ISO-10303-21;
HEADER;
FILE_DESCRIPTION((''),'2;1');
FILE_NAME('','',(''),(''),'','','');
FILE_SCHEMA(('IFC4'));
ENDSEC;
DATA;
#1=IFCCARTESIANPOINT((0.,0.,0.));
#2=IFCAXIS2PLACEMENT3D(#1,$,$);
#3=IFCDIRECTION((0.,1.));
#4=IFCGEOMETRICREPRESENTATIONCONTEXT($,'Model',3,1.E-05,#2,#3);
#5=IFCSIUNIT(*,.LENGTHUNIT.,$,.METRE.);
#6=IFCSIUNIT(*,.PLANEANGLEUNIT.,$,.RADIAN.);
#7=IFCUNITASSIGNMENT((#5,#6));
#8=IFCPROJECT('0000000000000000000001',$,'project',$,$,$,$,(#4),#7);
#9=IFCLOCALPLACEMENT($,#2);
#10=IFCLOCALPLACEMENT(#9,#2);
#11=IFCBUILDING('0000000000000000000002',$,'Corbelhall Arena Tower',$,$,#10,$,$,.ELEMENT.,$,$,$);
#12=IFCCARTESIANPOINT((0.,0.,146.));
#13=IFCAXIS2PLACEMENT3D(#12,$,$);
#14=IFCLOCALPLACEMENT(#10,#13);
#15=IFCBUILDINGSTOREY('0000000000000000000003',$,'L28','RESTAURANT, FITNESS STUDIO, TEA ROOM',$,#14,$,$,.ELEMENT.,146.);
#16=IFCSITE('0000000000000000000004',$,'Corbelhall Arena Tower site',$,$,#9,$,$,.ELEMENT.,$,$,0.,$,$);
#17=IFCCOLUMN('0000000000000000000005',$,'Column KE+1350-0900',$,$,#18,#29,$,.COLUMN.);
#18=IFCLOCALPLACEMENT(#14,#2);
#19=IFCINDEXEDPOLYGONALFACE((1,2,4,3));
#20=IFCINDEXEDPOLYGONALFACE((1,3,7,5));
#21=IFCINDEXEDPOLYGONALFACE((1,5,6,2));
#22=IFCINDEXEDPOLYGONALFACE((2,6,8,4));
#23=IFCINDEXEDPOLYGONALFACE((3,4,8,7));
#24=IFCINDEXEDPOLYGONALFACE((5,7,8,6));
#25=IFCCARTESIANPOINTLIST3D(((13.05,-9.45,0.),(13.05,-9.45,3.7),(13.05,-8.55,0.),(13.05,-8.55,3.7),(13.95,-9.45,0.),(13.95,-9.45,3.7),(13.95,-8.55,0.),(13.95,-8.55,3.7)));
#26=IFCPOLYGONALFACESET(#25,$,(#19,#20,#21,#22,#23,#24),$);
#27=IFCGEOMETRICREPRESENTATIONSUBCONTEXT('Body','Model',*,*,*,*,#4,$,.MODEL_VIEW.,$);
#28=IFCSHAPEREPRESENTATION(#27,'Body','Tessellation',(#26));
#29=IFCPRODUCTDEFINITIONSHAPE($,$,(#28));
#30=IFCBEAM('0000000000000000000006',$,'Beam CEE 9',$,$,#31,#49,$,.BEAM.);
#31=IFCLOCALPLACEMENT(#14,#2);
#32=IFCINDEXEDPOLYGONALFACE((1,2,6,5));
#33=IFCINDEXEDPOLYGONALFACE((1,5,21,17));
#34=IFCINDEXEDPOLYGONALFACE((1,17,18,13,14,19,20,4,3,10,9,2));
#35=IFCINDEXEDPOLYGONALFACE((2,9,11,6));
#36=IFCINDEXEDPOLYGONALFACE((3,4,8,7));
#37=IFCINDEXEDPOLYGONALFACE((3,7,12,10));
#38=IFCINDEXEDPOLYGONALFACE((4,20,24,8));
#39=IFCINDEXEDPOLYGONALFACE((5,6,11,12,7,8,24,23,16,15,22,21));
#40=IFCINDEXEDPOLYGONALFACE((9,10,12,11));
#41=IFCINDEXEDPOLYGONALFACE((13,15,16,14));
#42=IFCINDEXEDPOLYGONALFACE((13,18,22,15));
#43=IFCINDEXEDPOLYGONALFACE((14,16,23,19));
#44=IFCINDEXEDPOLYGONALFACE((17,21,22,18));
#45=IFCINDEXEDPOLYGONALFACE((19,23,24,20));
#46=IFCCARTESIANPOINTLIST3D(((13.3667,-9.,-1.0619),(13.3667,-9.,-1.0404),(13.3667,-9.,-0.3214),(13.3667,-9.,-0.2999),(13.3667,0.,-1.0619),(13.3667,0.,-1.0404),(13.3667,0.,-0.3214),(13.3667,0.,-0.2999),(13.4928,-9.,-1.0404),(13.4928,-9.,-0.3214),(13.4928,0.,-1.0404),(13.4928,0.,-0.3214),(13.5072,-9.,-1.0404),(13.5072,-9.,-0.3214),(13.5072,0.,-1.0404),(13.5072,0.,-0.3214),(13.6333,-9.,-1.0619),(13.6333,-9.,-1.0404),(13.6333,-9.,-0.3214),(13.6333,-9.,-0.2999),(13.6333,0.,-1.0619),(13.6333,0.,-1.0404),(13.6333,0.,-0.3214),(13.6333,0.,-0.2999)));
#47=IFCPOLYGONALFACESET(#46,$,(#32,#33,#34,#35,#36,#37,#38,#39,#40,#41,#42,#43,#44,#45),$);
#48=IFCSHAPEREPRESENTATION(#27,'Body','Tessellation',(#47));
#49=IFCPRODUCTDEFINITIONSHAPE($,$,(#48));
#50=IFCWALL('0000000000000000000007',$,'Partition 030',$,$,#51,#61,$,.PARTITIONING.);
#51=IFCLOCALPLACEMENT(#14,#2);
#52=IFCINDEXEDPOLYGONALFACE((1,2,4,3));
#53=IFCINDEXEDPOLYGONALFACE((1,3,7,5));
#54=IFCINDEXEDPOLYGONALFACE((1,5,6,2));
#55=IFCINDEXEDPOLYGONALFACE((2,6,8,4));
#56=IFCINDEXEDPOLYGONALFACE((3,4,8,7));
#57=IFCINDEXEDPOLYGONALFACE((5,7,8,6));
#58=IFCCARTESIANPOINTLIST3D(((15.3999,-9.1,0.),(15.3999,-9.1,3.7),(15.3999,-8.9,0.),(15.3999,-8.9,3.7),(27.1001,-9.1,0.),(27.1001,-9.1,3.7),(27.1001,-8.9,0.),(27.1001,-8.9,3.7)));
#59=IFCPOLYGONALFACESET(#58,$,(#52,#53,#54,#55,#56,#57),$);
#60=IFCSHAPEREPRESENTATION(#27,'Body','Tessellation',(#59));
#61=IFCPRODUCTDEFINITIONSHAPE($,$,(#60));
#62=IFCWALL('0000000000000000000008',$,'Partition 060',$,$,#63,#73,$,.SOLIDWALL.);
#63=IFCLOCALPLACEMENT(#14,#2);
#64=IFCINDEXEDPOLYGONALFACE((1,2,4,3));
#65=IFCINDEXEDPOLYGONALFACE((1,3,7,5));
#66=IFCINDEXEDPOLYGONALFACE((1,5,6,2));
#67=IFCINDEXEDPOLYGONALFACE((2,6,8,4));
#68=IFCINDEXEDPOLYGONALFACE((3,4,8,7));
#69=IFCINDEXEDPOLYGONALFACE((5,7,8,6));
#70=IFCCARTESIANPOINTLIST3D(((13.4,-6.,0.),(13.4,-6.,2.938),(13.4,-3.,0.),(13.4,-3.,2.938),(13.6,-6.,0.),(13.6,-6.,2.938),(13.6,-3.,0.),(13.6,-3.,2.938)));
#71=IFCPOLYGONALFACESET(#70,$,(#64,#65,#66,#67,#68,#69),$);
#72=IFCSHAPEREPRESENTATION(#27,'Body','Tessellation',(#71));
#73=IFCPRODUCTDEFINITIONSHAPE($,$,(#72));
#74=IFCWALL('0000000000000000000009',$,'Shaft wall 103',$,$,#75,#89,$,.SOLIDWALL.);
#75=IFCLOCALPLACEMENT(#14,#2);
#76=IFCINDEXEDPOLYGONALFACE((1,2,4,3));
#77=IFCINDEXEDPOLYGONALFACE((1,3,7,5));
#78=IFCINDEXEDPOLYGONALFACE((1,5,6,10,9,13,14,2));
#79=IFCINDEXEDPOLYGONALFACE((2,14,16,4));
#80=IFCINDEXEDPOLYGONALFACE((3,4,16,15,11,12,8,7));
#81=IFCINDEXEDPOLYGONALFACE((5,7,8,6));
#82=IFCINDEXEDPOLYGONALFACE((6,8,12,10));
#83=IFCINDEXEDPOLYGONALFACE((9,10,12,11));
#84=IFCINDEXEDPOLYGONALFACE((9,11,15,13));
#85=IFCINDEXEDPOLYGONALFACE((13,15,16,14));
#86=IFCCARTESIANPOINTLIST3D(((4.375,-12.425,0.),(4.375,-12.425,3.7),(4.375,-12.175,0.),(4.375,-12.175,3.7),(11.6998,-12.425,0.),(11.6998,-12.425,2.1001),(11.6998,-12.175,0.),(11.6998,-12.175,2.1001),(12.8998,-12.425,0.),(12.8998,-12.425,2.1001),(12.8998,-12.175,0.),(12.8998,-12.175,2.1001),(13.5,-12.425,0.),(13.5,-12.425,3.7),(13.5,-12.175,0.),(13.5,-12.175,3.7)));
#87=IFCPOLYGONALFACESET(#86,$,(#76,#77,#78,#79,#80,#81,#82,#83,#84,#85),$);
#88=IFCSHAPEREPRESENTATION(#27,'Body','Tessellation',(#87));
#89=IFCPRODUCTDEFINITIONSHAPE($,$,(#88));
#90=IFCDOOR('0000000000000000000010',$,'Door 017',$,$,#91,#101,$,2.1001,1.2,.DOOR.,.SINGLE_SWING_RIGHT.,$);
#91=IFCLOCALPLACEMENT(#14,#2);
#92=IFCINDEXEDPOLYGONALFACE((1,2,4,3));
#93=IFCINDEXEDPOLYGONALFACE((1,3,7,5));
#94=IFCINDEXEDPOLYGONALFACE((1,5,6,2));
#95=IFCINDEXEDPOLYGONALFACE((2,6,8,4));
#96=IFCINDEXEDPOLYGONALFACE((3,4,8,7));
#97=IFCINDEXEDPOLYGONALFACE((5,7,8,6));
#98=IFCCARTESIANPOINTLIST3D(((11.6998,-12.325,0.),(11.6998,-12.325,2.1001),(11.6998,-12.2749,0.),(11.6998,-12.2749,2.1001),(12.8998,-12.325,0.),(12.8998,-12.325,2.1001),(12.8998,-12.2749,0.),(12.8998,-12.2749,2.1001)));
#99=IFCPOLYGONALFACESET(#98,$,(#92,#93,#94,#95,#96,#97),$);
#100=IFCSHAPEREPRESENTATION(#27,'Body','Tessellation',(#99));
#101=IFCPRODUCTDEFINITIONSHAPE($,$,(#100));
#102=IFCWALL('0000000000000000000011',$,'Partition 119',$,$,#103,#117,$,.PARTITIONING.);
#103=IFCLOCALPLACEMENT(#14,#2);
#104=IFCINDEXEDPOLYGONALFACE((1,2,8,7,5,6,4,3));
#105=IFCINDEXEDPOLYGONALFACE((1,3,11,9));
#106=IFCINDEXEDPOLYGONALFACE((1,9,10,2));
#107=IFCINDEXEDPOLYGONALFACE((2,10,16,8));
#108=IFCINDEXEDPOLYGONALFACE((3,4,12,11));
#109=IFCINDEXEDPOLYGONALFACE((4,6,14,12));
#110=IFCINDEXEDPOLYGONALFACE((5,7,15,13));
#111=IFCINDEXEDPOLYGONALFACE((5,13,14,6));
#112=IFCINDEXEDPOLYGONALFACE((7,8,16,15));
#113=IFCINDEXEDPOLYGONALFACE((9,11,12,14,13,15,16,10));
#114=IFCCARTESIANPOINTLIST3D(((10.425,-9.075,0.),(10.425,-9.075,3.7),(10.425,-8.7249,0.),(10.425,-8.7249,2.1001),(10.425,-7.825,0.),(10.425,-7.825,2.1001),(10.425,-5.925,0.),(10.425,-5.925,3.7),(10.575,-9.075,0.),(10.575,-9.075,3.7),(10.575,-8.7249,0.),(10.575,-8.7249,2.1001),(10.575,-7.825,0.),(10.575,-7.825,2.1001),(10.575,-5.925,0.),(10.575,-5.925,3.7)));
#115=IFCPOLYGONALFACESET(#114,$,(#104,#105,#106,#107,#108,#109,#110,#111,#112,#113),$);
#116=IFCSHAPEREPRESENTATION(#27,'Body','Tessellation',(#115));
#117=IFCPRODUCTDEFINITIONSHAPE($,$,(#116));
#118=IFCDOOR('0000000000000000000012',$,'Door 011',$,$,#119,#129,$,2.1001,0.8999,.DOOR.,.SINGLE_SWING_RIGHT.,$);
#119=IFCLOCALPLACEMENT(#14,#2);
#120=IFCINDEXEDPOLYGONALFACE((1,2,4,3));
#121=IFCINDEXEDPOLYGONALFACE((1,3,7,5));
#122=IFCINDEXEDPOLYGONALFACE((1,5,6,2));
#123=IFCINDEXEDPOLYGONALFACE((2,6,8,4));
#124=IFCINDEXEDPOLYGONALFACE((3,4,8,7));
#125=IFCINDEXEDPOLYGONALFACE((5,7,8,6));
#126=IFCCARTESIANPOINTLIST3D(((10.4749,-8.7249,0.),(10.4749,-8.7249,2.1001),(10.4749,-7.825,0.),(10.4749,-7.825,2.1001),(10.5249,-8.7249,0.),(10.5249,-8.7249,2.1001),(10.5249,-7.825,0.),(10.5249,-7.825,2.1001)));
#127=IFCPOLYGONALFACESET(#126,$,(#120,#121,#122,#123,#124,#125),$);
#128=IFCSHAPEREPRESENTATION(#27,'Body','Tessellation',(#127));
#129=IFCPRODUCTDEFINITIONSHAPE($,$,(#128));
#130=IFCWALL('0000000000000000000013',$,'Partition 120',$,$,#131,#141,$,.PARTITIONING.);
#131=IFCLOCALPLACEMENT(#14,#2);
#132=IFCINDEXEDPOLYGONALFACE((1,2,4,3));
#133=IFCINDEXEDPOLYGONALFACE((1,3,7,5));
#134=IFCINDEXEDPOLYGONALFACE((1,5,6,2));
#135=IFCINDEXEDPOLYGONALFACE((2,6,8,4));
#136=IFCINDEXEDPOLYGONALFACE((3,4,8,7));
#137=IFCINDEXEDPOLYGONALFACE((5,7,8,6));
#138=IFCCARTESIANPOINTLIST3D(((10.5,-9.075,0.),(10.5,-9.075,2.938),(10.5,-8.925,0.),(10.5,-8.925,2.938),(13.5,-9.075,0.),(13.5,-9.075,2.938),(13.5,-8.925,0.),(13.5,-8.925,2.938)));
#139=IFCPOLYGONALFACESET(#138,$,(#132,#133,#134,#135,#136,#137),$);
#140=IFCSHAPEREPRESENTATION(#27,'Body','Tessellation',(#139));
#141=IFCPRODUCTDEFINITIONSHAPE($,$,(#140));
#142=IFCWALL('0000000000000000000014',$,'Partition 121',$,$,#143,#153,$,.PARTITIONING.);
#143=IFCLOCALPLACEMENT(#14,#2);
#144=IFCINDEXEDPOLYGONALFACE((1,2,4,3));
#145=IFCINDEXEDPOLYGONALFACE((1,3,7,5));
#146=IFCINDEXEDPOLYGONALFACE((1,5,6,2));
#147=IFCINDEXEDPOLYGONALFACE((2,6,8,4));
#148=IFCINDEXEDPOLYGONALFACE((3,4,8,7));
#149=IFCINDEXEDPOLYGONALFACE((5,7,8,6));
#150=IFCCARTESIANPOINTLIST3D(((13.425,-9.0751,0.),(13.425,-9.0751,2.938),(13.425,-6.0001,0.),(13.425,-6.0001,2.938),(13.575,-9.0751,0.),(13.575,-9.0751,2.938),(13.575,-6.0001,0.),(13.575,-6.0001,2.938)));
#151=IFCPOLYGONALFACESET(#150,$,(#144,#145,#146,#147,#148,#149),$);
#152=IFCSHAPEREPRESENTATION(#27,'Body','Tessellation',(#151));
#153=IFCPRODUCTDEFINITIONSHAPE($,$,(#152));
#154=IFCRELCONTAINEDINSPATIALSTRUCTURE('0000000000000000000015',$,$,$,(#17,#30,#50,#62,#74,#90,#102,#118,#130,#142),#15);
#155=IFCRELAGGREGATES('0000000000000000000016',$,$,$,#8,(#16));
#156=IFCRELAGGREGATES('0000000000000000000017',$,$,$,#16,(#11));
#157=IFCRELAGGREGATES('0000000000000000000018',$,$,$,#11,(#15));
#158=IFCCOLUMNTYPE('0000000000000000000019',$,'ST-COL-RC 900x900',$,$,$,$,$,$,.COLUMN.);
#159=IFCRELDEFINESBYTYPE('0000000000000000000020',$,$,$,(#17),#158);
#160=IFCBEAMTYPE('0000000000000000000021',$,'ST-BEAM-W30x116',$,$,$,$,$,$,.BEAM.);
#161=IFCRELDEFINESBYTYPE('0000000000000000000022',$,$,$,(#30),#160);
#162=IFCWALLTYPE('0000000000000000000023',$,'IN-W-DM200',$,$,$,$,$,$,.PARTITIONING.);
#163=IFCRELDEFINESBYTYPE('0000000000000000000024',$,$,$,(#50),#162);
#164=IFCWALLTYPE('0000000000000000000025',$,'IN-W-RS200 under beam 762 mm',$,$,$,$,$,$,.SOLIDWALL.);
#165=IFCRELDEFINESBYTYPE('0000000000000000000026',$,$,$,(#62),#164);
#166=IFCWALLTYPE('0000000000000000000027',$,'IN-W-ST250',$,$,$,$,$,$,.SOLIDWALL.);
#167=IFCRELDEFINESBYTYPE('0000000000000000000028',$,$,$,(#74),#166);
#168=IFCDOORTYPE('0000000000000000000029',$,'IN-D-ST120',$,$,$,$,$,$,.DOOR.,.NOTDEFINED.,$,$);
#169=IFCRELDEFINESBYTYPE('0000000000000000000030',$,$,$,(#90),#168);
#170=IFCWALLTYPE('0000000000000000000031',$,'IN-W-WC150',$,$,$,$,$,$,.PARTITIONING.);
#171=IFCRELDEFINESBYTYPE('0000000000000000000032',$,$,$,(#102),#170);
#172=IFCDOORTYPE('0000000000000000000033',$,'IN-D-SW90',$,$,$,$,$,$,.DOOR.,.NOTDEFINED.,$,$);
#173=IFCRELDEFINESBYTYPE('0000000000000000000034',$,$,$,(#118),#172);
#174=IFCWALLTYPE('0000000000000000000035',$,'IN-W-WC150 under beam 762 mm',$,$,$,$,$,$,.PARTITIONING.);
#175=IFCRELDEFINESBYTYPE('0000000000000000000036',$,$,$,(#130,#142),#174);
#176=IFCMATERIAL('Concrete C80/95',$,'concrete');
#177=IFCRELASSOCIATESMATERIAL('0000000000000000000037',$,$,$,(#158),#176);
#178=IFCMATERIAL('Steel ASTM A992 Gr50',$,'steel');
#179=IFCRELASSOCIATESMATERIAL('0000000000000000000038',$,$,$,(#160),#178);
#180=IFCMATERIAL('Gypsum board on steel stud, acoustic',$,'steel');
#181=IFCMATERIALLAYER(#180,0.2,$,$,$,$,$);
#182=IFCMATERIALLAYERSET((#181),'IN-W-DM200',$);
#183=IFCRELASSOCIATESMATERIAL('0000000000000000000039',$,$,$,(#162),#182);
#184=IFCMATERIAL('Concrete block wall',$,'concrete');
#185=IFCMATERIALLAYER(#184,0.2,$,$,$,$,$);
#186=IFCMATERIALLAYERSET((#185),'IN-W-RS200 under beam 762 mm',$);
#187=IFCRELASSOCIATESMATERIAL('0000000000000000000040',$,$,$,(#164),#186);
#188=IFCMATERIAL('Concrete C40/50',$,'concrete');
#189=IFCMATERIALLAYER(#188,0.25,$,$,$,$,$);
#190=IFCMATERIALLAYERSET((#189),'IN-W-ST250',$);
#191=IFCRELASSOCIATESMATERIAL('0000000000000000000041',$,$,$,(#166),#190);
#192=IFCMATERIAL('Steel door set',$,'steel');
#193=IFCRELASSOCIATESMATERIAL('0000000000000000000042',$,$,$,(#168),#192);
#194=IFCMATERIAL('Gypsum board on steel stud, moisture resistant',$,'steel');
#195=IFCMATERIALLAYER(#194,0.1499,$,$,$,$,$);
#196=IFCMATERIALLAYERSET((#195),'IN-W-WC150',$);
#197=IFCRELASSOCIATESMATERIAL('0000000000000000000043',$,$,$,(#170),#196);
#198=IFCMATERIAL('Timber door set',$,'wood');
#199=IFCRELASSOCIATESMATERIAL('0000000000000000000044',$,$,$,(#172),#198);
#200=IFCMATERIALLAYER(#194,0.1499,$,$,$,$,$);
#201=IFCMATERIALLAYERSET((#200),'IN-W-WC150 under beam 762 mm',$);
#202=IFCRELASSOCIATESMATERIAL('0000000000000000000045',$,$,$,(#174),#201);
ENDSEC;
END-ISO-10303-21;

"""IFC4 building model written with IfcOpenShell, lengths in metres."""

from ifc_helpers import new_model, si_unit, direction, frame, frame_2d, origin, origin_2d, place, context, subcontext, project, spatial, rectangle, i_section, extrude, material, layer, layer_set, material_profile, profile_set, type_object, element, fill, save


model = new_model("IFC4")

# Units and contexts
model_context = context("Model", 3, precision=1e-05, world=origin(), true_north=direction((0.0, 1.0)))
body_context = subcontext(model_context, "Body", "Model", "MODEL_VIEW")
ifc_project = project(units=[si_unit("LENGTHUNIT", "METRE"), si_unit("PLANEANGLEUNIT", "RADIAN")], contexts=[model_context])

# Site, building, storey
site_placement = place(None, origin())
site = spatial("IfcSite", under=ifc_project, at=site_placement, Name="Corbelhall Arena Tower site", CompositionType="ELEMENT", RefElevation=0.0)
building_placement = place(site_placement, origin())
building = spatial("IfcBuilding", under=site, at=building_placement, Name="Corbelhall Arena Tower", CompositionType="ELEMENT")
storey_placement = place(building_placement, frame((0.0, 0.0, 146.0)))
storey = spatial("IfcBuildingStorey", under=building, at=storey_placement, Name="L28", Description="RESTAURANT, FITNESS STUDIO, TEA ROOM", CompositionType="ELEMENT", Elevation=146.0)

# Column
ifc_material_1 = material(Name="Concrete C80/95", Category="concrete")
ifc_material_profile_1 = material_profile(ifc_material_1, rectangle(XDim=0.8999, YDim=0.8999, at=origin_2d()))
ifc_profile_set_1 = profile_set([ifc_material_profile_1], Name="Concrete C80/95")
column_type = type_object("IfcColumnType", Name="ST-COL-RC 900x900", PredefinedType="COLUMN", material=ifc_profile_set_1)
column_placement = place(storey_placement, frame((13.5, -9.0, 0.0), z_axis=(0.0, 0.0, 1.0), x_axis=(1.0, 0.0, 0.0)))
element("IfcColumn", 1, at=column_placement, inside=storey, type_object=column_type, Name="Column KE+1350-0900", PredefinedType="COLUMN", context=body_context, shape_type="SweptSolid", body=[
    extrude(rectangle(XDim=0.8999, YDim=0.8999, at=origin_2d()), origin(), (0.0, 0.0, 1.0), 3.7),
])

# Beam
ifc_material_2 = material(Name="Steel ASTM A992 Gr50", Category="steel")
ifc_material_profile_2 = material_profile(ifc_material_2, i_section(OverallWidth=0.2666, OverallDepth=0.762, WebThickness=0.0144, FlangeThickness=0.0215, at=origin_2d()))
ifc_profile_set_2 = profile_set([ifc_material_profile_2], Name="Steel ASTM A992 Gr50")
beam_type = type_object("IfcBeamType", Name="ST-BEAM-W30x116", PredefinedType="BEAM", material=ifc_profile_set_2)
beam_placement = place(storey_placement, frame((13.5, -9.0, -0.6809), z_axis=(0.0, 1.0, 0.0), x_axis=(-1.0, 0.0, 0.0)))
element("IfcBeam", 2, at=beam_placement, inside=storey, type_object=beam_type, Name="Beam CEE 9", PredefinedType="BEAM", context=body_context, shape_type="SweptSolid", body=[
    extrude(i_section(OverallWidth=0.2666, OverallDepth=0.762, WebThickness=0.0144, FlangeThickness=0.0215, at=origin_2d()), origin(), (0.0, 0.0, 1.0), 9.0),
])

# Shared definitions
ifc_material_3 = material(Name="Gypsum board on steel stud, acoustic", Category="steel")
ifc_layer_1 = layer(ifc_material_3, 0.2)
ifc_layer_set_1 = layer_set([ifc_layer_1], Name="IN-W-DM200")
wall_type_1 = type_object("IfcWallType", Name="IN-W-DM200", PredefinedType="PARTITIONING", material=ifc_layer_set_1)
ifc_material_4 = material(Name="Steel door set", Category="steel")

# Wall
wall_1_placement = place(storey_placement, frame((15.3999, -9.0, 0.0), z_axis=(0.0, 0.0, 1.0), x_axis=(1.0, 0.0, 0.0)))
element("IfcWall", 3, at=wall_1_placement, inside=storey, type_object=wall_type_1, Name="Partition 030", PredefinedType="PARTITIONING", context=body_context, shape_type="SweptSolid", body=[
    extrude(rectangle(XDim=11.7002, YDim=0.2, at=frame_2d((5.8501, 0.0))), origin(), (0.0, 0.0, 1.0), 3.7),
])

# Shared definitions
ifc_material_5 = material(Name="Concrete block wall", Category="concrete")

# Wall
ifc_layer_2 = layer(ifc_material_5, 0.2)
ifc_layer_set_2 = layer_set([ifc_layer_2], Name="IN-W-RS200 under beam 762 mm")
wall_type_2 = type_object("IfcWallType", Name="IN-W-RS200 under beam 762 mm", PredefinedType="SOLIDWALL", material=ifc_layer_set_2)
wall_2_placement = place(storey_placement, frame((13.5, -3.0, 0.0), z_axis=(0.0, 0.0, 1.0), x_axis=(0.0, -1.0, 0.0)))
element("IfcWall", 4, at=wall_2_placement, inside=storey, type_object=wall_type_2, Name="Partition 060", PredefinedType="SOLIDWALL", context=body_context, shape_type="SweptSolid", body=[
    extrude(rectangle(XDim=3.0, YDim=0.2, at=frame_2d((1.5, 0.0))), origin(), (0.0, 0.0, 1.0), 2.938),
])

# Walls, openings, doors
ifc_material_6 = material(Name="Concrete C40/50", Category="concrete")
ifc_layer_3 = layer(ifc_material_6, 0.25)
ifc_layer_set_3 = layer_set([ifc_layer_3], Name="IN-W-ST250")
wall_type_3 = type_object("IfcWallType", Name="IN-W-ST250", PredefinedType="SOLIDWALL", material=ifc_layer_set_3)
wall_3_placement = place(storey_placement, frame((13.5, -12.3, 0.0), z_axis=(0.0, 0.0, 1.0), x_axis=(-1.0, 0.0, 0.0)))
wall_3 = element("IfcWall", 5, at=wall_3_placement, inside=storey, type_object=wall_type_3, Name="Shaft wall 103", PredefinedType="SOLIDWALL", context=body_context, shape_type="SweptSolid", body=[
    extrude(rectangle(XDim=9.125, YDim=0.25, at=frame_2d((4.5625, 0.0))), origin(), (0.0, 0.0, 1.0), 3.7),
])
opening_1_placement = place(wall_3_placement, frame((0.6001, 0.0, 0.0)))
opening_1 = element("IfcOpeningElement", 6, at=opening_1_placement, cuts=wall_3, PredefinedType="OPENING", context=body_context, shape_type="SweptSolid", body=[
    extrude(rectangle(XDim=1.2, YDim=2.1001, at=frame_2d((0.6001, 1.05))), frame((0.0, 0.125, 0.0), z_axis=(0.0, -1.0, 0.0), x_axis=(1.0, 0.0, 0.0)), (0.0, 0.0, 1.0), 0.25),
])
door_type_1 = type_object("IfcDoorType", Name="IN-D-ST120", OperationType="NOTDEFINED", PredefinedType="DOOR", material=ifc_material_4)
door_1_placement = place(opening_1_placement, origin())
door_1 = element("IfcDoor", 7, at=door_1_placement, inside=storey, type_object=door_type_1, Name="Door 017", OperationType="SINGLE_SWING_RIGHT", OverallHeight=2.1001, OverallWidth=1.2, PredefinedType="DOOR", context=body_context, shape_type="SweptSolid", body=[
    extrude(rectangle(XDim=1.2, YDim=2.1001, at=frame_2d((0.6001, 1.05))), frame((0.0, 0.0249, 0.0), z_axis=(0.0, -1.0, 0.0), x_axis=(1.0, 0.0, 0.0)), (0.0, 0.0, 1.0), 0.05),
])
fill(opening_1, door_1)
ifc_material_7 = material(Name="Gypsum board on steel stud, moisture resistant", Category="steel")
ifc_layer_4 = layer(ifc_material_7, 0.1499)
ifc_layer_set_4 = layer_set([ifc_layer_4], Name="IN-W-WC150")
wall_type_4 = type_object("IfcWallType", Name="IN-W-WC150", PredefinedType="PARTITIONING", material=ifc_layer_set_4)
wall_4_placement = place(storey_placement, frame((10.5, -5.925, 0.0), z_axis=(0.0, 0.0, 1.0), x_axis=(0.0, -1.0, 0.0)))
wall_4 = element("IfcWall", 8, at=wall_4_placement, inside=storey, type_object=wall_type_4, Name="Partition 119", PredefinedType="PARTITIONING", context=body_context, shape_type="SweptSolid", body=[
    extrude(rectangle(XDim=3.1499, YDim=0.1499, at=frame_2d((1.575, 0.0))), origin(), (0.0, 0.0, 1.0), 3.7),
])
opening_2_placement = place(wall_4_placement, frame((1.8999, 0.0, 0.0)))
opening_2 = element("IfcOpeningElement", 9, at=opening_2_placement, cuts=wall_4, PredefinedType="OPENING", context=body_context, shape_type="SweptSolid", body=[
    extrude(rectangle(XDim=0.8999, YDim=2.1001, at=frame_2d((0.45, 1.05))), frame((0.0, 0.075, 0.0), z_axis=(0.0, -1.0, 0.0), x_axis=(1.0, 0.0, 0.0)), (0.0, 0.0, 1.0), 0.1499),
])
ifc_material_8 = material(Name="Timber door set", Category="wood")
door_type_2 = type_object("IfcDoorType", Name="IN-D-SW90", OperationType="NOTDEFINED", PredefinedType="DOOR", material=ifc_material_8)
door_2_placement = place(opening_2_placement, origin())
door_2 = element("IfcDoor", 10, at=door_2_placement, inside=storey, type_object=door_type_2, Name="Door 011", OperationType="SINGLE_SWING_RIGHT", OverallHeight=2.1001, OverallWidth=0.8999, PredefinedType="DOOR", context=body_context, shape_type="SweptSolid", body=[
    extrude(rectangle(XDim=0.8999, YDim=2.1001, at=frame_2d((0.45, 1.05))), frame((0.0, 0.0249, 0.0), z_axis=(0.0, -1.0, 0.0), x_axis=(1.0, 0.0, 0.0)), (0.0, 0.0, 1.0), 0.05),
])
fill(opening_2, door_2)

# Walls
ifc_layer_5 = layer(ifc_material_7, 0.1499)
ifc_layer_set_5 = layer_set([ifc_layer_5], Name="IN-W-WC150 under beam 762 mm")
wall_type_5 = type_object("IfcWallType", Name="IN-W-WC150 under beam 762 mm", PredefinedType="PARTITIONING", material=ifc_layer_set_5)
wall_5_placement = place(storey_placement, frame((13.5, -9.0, 0.0), z_axis=(0.0, 0.0, 1.0), x_axis=(-1.0, 0.0, 0.0)))
element("IfcWall", 11, at=wall_5_placement, inside=storey, type_object=wall_type_5, Name="Partition 120", PredefinedType="PARTITIONING", context=body_context, shape_type="SweptSolid", body=[
    extrude(rectangle(XDim=3.0, YDim=0.1499, at=frame_2d((1.5, 0.0))), origin(), (0.0, 0.0, 1.0), 2.938),
])
wall_6_placement = place(storey_placement, frame((13.5, -6.0, 0.0), z_axis=(0.0, 0.0, 1.0), x_axis=(0.0, -1.0, 0.0)))
element("IfcWall", 12, at=wall_6_placement, inside=storey, type_object=wall_type_5, Name="Partition 121", PredefinedType="PARTITIONING", context=body_context, shape_type="SweptSolid", body=[
    extrude(rectangle(XDim=3.075, YDim=0.1499, at=frame_2d((1.5376, 0.0))), origin(), (0.0, 0.0, 1.0), 2.938),
])

save(model, "model.ifc")
